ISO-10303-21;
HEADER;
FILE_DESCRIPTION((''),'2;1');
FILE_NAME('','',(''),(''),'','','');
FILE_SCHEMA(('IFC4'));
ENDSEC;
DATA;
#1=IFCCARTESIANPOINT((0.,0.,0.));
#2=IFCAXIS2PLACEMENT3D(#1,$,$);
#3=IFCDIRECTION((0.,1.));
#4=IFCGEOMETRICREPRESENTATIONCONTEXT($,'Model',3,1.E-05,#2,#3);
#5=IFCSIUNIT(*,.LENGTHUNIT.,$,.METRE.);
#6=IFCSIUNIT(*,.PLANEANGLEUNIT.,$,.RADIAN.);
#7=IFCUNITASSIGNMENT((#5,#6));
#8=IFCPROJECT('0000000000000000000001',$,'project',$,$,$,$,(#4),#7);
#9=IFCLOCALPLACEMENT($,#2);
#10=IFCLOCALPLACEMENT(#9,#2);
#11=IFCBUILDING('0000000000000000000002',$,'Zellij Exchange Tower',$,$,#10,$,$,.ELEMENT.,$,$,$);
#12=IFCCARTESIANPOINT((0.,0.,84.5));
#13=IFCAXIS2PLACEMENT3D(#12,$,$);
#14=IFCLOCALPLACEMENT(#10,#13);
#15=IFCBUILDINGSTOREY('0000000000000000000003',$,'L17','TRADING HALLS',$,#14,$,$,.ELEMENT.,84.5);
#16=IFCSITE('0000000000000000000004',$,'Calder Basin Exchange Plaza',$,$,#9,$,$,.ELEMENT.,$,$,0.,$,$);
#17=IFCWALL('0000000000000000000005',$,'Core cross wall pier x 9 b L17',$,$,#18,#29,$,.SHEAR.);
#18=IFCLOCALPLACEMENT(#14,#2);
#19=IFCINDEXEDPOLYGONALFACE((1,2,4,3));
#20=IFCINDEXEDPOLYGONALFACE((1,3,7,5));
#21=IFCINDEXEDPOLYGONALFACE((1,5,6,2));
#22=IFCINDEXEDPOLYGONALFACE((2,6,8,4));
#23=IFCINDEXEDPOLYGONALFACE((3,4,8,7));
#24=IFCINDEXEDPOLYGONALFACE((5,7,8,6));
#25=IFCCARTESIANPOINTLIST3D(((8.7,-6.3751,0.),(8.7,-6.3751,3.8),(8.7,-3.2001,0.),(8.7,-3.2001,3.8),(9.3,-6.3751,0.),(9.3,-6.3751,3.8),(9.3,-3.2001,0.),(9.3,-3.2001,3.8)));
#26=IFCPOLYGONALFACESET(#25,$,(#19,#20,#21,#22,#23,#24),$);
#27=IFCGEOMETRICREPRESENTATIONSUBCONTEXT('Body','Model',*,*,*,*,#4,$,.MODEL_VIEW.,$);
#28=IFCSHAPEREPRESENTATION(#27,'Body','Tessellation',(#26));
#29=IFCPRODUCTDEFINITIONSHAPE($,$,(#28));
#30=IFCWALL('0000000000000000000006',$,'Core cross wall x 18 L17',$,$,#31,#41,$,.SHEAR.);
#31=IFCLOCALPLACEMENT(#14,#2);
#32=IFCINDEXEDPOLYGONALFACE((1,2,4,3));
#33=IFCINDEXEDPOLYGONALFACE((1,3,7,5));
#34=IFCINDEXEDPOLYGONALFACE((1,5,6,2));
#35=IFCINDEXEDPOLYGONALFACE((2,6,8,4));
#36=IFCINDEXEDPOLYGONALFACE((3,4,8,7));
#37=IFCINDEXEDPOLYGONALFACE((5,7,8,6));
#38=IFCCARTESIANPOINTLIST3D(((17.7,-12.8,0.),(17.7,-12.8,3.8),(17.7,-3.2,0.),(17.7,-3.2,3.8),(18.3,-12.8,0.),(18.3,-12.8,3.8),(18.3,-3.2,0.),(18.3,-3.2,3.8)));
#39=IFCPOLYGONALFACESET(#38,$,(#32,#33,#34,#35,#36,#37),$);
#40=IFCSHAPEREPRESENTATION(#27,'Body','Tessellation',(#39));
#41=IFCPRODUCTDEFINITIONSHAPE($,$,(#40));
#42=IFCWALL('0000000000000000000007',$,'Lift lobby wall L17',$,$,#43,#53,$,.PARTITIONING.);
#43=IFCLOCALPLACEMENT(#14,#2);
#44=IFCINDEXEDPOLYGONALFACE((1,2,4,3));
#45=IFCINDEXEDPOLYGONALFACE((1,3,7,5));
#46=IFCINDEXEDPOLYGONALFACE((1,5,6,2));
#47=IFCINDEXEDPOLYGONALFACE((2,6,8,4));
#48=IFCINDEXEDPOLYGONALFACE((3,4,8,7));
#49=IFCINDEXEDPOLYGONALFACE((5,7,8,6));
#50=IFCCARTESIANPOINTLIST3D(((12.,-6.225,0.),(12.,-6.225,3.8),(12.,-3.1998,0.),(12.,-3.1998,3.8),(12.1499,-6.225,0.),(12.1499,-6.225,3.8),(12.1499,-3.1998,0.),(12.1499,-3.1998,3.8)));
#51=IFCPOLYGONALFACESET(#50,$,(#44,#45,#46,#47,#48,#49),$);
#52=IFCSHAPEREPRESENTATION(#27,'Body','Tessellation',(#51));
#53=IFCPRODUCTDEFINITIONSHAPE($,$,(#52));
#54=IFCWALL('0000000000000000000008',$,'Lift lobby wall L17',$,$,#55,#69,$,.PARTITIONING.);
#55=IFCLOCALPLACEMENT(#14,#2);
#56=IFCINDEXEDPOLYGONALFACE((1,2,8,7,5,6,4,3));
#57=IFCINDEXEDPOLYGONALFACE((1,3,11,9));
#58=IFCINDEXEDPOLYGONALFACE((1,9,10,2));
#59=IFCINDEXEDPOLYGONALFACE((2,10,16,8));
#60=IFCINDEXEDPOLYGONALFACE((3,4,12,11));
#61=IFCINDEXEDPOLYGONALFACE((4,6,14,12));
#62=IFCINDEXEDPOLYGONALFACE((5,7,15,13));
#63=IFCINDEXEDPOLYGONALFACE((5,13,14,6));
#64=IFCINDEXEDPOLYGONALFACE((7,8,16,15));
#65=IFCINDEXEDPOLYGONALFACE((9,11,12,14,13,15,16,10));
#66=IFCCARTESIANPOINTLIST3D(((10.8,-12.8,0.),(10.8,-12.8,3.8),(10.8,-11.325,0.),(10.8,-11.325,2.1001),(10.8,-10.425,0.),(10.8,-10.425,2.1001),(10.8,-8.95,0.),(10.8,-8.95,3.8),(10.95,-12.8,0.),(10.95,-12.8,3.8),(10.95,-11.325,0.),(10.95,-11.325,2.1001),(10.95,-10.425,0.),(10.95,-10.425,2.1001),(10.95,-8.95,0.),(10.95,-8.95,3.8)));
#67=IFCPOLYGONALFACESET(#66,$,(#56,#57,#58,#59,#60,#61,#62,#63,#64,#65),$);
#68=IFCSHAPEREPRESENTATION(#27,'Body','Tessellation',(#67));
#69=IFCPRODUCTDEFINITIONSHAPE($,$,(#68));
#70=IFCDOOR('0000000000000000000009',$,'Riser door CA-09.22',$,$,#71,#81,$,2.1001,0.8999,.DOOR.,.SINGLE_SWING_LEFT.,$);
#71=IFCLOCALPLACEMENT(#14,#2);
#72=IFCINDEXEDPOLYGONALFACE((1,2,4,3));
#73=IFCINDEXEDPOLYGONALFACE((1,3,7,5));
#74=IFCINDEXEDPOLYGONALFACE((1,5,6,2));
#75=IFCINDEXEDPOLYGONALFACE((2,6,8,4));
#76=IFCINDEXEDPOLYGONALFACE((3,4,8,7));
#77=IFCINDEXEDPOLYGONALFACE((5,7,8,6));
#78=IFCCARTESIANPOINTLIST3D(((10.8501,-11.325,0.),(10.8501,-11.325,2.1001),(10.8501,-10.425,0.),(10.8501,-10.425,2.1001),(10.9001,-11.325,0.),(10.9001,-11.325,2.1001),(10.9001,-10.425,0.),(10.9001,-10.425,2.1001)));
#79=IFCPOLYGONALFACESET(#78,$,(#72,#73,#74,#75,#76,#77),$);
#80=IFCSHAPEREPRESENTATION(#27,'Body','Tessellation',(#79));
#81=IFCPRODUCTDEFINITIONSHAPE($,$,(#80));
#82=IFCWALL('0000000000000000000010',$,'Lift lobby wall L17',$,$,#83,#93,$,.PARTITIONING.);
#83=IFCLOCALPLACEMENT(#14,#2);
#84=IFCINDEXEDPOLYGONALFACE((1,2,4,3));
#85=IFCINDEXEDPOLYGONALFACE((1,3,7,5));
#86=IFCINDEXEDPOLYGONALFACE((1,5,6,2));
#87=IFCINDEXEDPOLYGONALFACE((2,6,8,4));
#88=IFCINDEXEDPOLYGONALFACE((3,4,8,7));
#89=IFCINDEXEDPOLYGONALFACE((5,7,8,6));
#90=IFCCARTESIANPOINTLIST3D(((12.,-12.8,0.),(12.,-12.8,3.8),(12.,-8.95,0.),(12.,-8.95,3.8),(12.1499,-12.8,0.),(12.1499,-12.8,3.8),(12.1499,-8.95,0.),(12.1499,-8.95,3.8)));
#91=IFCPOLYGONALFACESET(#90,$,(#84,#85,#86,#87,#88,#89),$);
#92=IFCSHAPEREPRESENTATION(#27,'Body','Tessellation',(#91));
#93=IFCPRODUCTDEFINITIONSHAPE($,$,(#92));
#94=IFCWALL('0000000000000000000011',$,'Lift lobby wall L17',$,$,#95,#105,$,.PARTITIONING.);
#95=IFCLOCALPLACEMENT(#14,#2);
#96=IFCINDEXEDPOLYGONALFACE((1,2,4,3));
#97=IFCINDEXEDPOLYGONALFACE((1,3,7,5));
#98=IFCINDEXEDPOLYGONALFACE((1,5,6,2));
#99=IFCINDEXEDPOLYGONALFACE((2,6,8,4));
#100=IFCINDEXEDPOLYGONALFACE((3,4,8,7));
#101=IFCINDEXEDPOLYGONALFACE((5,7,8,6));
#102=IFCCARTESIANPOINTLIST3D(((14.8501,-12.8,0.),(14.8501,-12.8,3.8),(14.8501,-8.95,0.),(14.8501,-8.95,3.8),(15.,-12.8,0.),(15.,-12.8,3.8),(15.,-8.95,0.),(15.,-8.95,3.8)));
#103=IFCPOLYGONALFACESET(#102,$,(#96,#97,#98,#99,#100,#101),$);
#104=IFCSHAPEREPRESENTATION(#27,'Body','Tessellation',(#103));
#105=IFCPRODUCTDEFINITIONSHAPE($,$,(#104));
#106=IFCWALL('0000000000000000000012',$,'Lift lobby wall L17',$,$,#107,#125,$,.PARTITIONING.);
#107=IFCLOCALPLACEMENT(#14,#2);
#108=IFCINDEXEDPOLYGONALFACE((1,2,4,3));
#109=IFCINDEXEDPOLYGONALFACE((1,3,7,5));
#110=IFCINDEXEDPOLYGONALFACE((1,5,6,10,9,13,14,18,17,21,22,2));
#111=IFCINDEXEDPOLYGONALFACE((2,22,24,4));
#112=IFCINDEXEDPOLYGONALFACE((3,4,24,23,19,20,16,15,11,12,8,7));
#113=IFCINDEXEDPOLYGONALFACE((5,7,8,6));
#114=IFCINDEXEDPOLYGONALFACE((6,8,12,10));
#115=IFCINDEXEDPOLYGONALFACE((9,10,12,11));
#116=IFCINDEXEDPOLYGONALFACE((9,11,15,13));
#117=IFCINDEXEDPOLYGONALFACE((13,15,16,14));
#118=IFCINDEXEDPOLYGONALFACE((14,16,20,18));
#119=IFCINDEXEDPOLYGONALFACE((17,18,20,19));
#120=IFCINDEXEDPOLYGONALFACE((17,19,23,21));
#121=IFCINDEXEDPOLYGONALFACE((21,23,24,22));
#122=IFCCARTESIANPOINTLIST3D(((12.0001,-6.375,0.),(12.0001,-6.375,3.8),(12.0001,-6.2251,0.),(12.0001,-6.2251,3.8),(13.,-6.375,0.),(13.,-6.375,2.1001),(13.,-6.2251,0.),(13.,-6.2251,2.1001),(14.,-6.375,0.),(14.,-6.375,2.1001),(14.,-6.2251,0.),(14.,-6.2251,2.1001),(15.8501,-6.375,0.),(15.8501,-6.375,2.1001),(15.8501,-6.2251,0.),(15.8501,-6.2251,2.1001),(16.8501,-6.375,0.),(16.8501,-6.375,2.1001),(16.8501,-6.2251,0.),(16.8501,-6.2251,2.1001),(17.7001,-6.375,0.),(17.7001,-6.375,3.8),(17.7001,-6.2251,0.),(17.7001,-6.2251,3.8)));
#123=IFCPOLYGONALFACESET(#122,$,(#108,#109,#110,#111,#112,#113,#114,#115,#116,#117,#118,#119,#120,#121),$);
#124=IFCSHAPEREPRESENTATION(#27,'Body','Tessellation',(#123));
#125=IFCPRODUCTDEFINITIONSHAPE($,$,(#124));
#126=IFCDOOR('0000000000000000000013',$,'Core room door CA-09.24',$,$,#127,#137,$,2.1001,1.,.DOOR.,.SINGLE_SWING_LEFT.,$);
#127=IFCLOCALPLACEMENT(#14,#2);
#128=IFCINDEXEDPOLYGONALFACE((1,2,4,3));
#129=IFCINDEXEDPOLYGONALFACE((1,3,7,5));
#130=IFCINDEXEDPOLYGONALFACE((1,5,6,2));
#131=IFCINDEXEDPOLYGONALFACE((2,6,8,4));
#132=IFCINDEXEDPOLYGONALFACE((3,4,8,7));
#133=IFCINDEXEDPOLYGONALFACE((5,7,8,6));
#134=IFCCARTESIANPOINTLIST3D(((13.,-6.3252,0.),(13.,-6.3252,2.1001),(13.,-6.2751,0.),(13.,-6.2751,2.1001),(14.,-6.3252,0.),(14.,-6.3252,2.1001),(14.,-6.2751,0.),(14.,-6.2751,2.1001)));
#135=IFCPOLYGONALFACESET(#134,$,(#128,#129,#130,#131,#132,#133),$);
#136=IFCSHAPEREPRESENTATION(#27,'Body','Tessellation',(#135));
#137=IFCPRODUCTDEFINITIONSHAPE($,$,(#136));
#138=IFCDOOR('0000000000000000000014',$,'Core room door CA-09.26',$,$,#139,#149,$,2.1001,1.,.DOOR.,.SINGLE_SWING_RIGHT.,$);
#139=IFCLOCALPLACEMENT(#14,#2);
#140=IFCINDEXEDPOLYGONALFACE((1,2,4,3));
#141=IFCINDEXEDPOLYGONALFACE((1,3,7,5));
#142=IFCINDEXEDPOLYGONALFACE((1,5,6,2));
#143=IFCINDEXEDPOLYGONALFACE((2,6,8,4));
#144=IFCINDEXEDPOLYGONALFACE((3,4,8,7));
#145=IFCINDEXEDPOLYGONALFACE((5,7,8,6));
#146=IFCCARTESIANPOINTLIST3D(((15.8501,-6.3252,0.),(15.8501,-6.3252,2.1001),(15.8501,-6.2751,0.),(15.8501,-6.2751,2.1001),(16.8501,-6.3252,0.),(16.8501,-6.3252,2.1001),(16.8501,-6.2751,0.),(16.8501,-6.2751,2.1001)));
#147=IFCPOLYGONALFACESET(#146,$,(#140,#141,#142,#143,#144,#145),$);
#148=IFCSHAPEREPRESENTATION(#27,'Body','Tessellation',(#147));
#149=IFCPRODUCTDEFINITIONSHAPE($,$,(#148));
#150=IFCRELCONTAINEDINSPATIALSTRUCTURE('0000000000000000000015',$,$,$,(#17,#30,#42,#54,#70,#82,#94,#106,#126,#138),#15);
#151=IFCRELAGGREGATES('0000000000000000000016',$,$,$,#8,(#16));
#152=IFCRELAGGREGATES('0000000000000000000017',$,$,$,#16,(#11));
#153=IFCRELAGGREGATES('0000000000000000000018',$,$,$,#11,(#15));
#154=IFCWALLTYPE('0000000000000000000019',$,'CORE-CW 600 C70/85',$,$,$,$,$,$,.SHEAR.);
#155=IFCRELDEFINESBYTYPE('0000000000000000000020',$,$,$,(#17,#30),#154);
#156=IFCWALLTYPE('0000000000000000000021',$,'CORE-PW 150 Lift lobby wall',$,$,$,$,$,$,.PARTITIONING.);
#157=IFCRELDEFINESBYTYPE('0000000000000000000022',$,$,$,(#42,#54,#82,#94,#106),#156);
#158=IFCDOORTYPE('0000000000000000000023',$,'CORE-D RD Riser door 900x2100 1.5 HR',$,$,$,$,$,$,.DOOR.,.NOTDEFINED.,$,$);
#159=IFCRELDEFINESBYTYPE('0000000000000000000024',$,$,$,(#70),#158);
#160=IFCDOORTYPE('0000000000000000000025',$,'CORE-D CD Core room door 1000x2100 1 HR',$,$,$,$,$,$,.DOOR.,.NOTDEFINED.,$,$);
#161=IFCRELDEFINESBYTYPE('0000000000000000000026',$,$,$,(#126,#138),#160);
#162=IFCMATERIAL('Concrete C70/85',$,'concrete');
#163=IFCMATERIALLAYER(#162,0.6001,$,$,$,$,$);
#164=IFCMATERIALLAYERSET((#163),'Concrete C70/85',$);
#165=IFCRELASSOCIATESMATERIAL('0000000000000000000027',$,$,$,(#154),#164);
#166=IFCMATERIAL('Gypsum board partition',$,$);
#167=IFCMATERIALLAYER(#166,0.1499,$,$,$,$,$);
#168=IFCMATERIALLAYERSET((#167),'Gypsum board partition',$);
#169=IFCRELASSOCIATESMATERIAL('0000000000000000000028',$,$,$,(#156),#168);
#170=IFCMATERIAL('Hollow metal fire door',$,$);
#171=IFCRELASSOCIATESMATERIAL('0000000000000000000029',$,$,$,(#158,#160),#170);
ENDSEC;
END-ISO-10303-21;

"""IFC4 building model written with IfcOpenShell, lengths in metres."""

from ifc_helpers import new_model, si_unit, direction, frame, frame_2d, origin, place, context, subcontext, project, spatial, rectangle, extrude, material, layer, layer_set, type_object, element, fill, save


model = new_model("IFC4")

# Units and contexts
model_context = context("Model", 3, precision=1e-05, world=origin(), true_north=direction((0.0, 1.0)))
body_context = subcontext(model_context, "Body", "Model", "MODEL_VIEW")
ifc_project = project(units=[si_unit("LENGTHUNIT", "METRE"), si_unit("PLANEANGLEUNIT", "RADIAN")], contexts=[model_context])

# Site, building, storey
site_placement = place(None, origin())
site = spatial("IfcSite", under=ifc_project, at=site_placement, Name="Calder Basin Exchange Plaza", CompositionType="ELEMENT", RefElevation=0.0)
building_placement = place(site_placement, origin())
building = spatial("IfcBuilding", under=site, at=building_placement, Name="Zellij Exchange Tower", CompositionType="ELEMENT")
storey_placement = place(building_placement, frame((0.0, 0.0, 84.5)))
storey = spatial("IfcBuildingStorey", under=building, at=storey_placement, Name="L17", Description="TRADING HALLS", CompositionType="ELEMENT", Elevation=84.5)

# Walls
ifc_material_1 = material(Name="Concrete C70/85", Category="concrete")
ifc_layer_1 = layer(ifc_material_1, 0.6001)
ifc_layer_set_1 = layer_set([ifc_layer_1], Name="Concrete C70/85")
wall_type_1 = type_object("IfcWallType", Name="CORE-CW 600 C70/85", PredefinedType="SHEAR", material=ifc_layer_set_1)
wall_1_placement = place(storey_placement, frame((9.0, -6.375, 0.0), z_axis=(0.0, 0.0, 1.0), x_axis=(0.0, 1.0, 0.0)))
element("IfcWall", 1, at=wall_1_placement, inside=storey, type_object=wall_type_1, Name="Core cross wall pier x 9 b L17", PredefinedType="SHEAR", context=body_context, shape_type="SweptSolid", body=[
    extrude(rectangle(XDim=3.175, YDim=0.6001, at=frame_2d((1.5874, 0.0))), origin(), (0.0, 0.0, 1.0), 3.8),
])
wall_2_placement = place(storey_placement, frame((18.0, -12.8, 0.0), z_axis=(0.0, 0.0, 1.0), x_axis=(0.0, 1.0, 0.0)))
element("IfcWall", 2, at=wall_2_placement, inside=storey, type_object=wall_type_1, Name="Core cross wall x 18 L17", PredefinedType="SHEAR", context=body_context, shape_type="SweptSolid", body=[
    extrude(rectangle(XDim=9.6001, YDim=0.6001, at=frame_2d((4.8, 0.0))), origin(), (0.0, 0.0, 1.0), 3.8),
])
ifc_material_2 = material(Name="Gypsum board partition")
ifc_layer_2 = layer(ifc_material_2, 0.1499)
ifc_layer_set_2 = layer_set([ifc_layer_2], Name="Gypsum board partition")
wall_type_2 = type_object("IfcWallType", Name="CORE-PW 150 Lift lobby wall", PredefinedType="PARTITIONING", material=ifc_layer_set_2)
wall_3_placement = place(storey_placement, frame((12.075, -6.2251, 0.0), z_axis=(0.0, 0.0, 1.0), x_axis=(0.0, 1.0, 0.0)))
element("IfcWall", 3, at=wall_3_placement, inside=storey, type_object=wall_type_2, Name="Lift lobby wall L17", PredefinedType="PARTITIONING", context=body_context, shape_type="SweptSolid", body=[
    extrude(rectangle(XDim=3.0251, YDim=0.1499, at=frame_2d((1.5127, 0.0))), origin(), (0.0, 0.0, 1.0), 3.8),
])

# Wall, opening, door
wall_4_placement = place(storey_placement, frame((10.875, -12.8, 0.0), z_axis=(0.0, 0.0, 1.0), x_axis=(0.0, 1.0, 0.0)))
wall_4 = element("IfcWall", 4, at=wall_4_placement, inside=storey, type_object=wall_type_2, Name="Lift lobby wall L17", PredefinedType="PARTITIONING", context=body_context, shape_type="SweptSolid", body=[
    extrude(rectangle(XDim=3.8501, YDim=0.1499, at=frame_2d((1.925, 0.0))), origin(), (0.0, 0.0, 1.0), 3.8),
])
opening_1_placement = place(wall_4_placement, frame((1.4751, 0.0, 0.0)))
opening_1 = element("IfcOpeningElement", 5, at=opening_1_placement, cuts=wall_4, PredefinedType="OPENING", context=body_context, shape_type="SweptSolid", body=[
    extrude(rectangle(XDim=0.8999, YDim=2.1001, at=frame_2d((0.45, 1.05))), frame((0.0, 0.0869, 0.0), z_axis=(0.0, -1.0, 0.0), x_axis=(1.0, 0.0, 0.0)), (0.0, 0.0, 1.0), 0.1738),
])
ifc_material_3 = material(Name="Hollow metal fire door")
door_type_1 = type_object("IfcDoorType", Name="CORE-D RD Riser door 900x2100 1.5 HR", OperationType="NOTDEFINED", PredefinedType="DOOR", material=ifc_material_3)
door_1_placement = place(opening_1_placement, origin())
door_1 = element("IfcDoor", 6, at=door_1_placement, inside=storey, type_object=door_type_1, Name="Riser door CA-09.22", OperationType="SINGLE_SWING_LEFT", OverallHeight=2.1001, OverallWidth=0.8999, PredefinedType="DOOR", context=body_context, shape_type="SweptSolid", body=[
    extrude(rectangle(XDim=0.8999, YDim=2.1001, at=frame_2d((0.45, 1.05))), frame((0.0, 0.0249, 0.0), z_axis=(0.0, -1.0, 0.0), x_axis=(1.0, 0.0, 0.0)), (0.0, 0.0, 1.0), 0.05),
])
fill(opening_1, door_1)

# Walls
for number, where, z_axis, x_axis, name in (
    (7, (12.075, -12.8, 0.0), (0.0, 0.0, 1.0), (0.0, 1.0, 0.0), "Lift lobby wall L17"),
    (8, (14.925, -12.8, 0.0), (0.0, 0.0, 1.0), (0.0, 1.0, 0.0), "Lift lobby wall L17"),
):
    element("IfcWall", number, at=place(storey_placement, frame(where, z_axis=z_axis, x_axis=x_axis)), inside=storey, type_object=wall_type_2, Name=name, PredefinedType="PARTITIONING", context=body_context, shape_type="SweptSolid", body=[
        extrude(rectangle(XDim=3.8501, YDim=0.1499, at=frame_2d((1.925, 0.0))), origin(), (0.0, 0.0, 1.0), 3.8),
    ])

# Wall, openings, doors
wall_5_placement = place(storey_placement, frame((12.0, -6.3, 0.0), z_axis=(0.0, 0.0, 1.0), x_axis=(1.0, 0.0, 0.0)))
wall_5 = element("IfcWall", 9, at=wall_5_placement, inside=storey, type_object=wall_type_2, Name="Lift lobby wall L17", PredefinedType="PARTITIONING", context=body_context, shape_type="SweptSolid", body=[
    extrude(rectangle(XDim=5.7, YDim=0.1499, at=frame_2d((2.8501, 0.0))), origin(), (0.0, 0.0, 1.0), 3.8),
])
opening_2_placement = place(wall_5_placement, frame((1.0, 0.0, 0.0)))
opening_2 = element("IfcOpeningElement", 10, at=opening_2_placement, cuts=wall_5, PredefinedType="OPENING", context=body_context, shape_type="SweptSolid", body=[
    extrude(rectangle(XDim=1.0, YDim=2.1001, at=frame_2d((0.5, 1.05))), frame((0.0, 0.0869, 0.0), z_axis=(0.0, -1.0, 0.0), x_axis=(1.0, 0.0, 0.0)), (0.0, 0.0, 1.0), 0.1738),
])
opening_3_placement = place(wall_5_placement, frame((3.8501, 0.0, 0.0)))
opening_3 = element("IfcOpeningElement", 11, at=opening_3_placement, cuts=wall_5, PredefinedType="OPENING", context=body_context, shape_type="SweptSolid", body=[
    extrude(rectangle(XDim=1.0, YDim=2.1001, at=frame_2d((0.5, 1.05))), frame((0.0, 0.0869, 0.0), z_axis=(0.0, -1.0, 0.0), x_axis=(1.0, 0.0, 0.0)), (0.0, 0.0, 1.0), 0.1738),
])
door_type_2 = type_object("IfcDoorType", Name="CORE-D CD Core room door 1000x2100 1 HR", OperationType="NOTDEFINED", PredefinedType="DOOR", material=ifc_material_3)
door_2_placement = place(opening_2_placement, origin())
door_2 = element("IfcDoor", 12, at=door_2_placement, inside=storey, type_object=door_type_2, Name="Core room door CA-09.24", OperationType="SINGLE_SWING_LEFT", OverallHeight=2.1001, OverallWidth=1.0, PredefinedType="DOOR", context=body_context, shape_type="SweptSolid", body=[
    extrude(rectangle(XDim=1.0, YDim=2.1001, at=frame_2d((0.5, 1.05))), frame((0.0, 0.0249, 0.0), z_axis=(0.0, -1.0, 0.0), x_axis=(1.0, 0.0, 0.0)), (0.0, 0.0, 1.0), 0.05),
])
fill(opening_2, door_2)
door_3_placement = place(opening_3_placement, origin())
door_3 = element("IfcDoor", 13, at=door_3_placement, inside=storey, type_object=door_type_2, Name="Core room door CA-09.26", OperationType="SINGLE_SWING_RIGHT", OverallHeight=2.1001, OverallWidth=1.0, PredefinedType="DOOR", context=body_context, shape_type="SweptSolid", body=[
    extrude(rectangle(XDim=1.0, YDim=2.1001, at=frame_2d((0.5, 1.05))), frame((0.0, 0.0249, 0.0), z_axis=(0.0, -1.0, 0.0), x_axis=(1.0, 0.0, 0.0)), (0.0, 0.0, 1.0), 0.05),
])
fill(opening_3, door_3)

save(model, "model.ifc")
